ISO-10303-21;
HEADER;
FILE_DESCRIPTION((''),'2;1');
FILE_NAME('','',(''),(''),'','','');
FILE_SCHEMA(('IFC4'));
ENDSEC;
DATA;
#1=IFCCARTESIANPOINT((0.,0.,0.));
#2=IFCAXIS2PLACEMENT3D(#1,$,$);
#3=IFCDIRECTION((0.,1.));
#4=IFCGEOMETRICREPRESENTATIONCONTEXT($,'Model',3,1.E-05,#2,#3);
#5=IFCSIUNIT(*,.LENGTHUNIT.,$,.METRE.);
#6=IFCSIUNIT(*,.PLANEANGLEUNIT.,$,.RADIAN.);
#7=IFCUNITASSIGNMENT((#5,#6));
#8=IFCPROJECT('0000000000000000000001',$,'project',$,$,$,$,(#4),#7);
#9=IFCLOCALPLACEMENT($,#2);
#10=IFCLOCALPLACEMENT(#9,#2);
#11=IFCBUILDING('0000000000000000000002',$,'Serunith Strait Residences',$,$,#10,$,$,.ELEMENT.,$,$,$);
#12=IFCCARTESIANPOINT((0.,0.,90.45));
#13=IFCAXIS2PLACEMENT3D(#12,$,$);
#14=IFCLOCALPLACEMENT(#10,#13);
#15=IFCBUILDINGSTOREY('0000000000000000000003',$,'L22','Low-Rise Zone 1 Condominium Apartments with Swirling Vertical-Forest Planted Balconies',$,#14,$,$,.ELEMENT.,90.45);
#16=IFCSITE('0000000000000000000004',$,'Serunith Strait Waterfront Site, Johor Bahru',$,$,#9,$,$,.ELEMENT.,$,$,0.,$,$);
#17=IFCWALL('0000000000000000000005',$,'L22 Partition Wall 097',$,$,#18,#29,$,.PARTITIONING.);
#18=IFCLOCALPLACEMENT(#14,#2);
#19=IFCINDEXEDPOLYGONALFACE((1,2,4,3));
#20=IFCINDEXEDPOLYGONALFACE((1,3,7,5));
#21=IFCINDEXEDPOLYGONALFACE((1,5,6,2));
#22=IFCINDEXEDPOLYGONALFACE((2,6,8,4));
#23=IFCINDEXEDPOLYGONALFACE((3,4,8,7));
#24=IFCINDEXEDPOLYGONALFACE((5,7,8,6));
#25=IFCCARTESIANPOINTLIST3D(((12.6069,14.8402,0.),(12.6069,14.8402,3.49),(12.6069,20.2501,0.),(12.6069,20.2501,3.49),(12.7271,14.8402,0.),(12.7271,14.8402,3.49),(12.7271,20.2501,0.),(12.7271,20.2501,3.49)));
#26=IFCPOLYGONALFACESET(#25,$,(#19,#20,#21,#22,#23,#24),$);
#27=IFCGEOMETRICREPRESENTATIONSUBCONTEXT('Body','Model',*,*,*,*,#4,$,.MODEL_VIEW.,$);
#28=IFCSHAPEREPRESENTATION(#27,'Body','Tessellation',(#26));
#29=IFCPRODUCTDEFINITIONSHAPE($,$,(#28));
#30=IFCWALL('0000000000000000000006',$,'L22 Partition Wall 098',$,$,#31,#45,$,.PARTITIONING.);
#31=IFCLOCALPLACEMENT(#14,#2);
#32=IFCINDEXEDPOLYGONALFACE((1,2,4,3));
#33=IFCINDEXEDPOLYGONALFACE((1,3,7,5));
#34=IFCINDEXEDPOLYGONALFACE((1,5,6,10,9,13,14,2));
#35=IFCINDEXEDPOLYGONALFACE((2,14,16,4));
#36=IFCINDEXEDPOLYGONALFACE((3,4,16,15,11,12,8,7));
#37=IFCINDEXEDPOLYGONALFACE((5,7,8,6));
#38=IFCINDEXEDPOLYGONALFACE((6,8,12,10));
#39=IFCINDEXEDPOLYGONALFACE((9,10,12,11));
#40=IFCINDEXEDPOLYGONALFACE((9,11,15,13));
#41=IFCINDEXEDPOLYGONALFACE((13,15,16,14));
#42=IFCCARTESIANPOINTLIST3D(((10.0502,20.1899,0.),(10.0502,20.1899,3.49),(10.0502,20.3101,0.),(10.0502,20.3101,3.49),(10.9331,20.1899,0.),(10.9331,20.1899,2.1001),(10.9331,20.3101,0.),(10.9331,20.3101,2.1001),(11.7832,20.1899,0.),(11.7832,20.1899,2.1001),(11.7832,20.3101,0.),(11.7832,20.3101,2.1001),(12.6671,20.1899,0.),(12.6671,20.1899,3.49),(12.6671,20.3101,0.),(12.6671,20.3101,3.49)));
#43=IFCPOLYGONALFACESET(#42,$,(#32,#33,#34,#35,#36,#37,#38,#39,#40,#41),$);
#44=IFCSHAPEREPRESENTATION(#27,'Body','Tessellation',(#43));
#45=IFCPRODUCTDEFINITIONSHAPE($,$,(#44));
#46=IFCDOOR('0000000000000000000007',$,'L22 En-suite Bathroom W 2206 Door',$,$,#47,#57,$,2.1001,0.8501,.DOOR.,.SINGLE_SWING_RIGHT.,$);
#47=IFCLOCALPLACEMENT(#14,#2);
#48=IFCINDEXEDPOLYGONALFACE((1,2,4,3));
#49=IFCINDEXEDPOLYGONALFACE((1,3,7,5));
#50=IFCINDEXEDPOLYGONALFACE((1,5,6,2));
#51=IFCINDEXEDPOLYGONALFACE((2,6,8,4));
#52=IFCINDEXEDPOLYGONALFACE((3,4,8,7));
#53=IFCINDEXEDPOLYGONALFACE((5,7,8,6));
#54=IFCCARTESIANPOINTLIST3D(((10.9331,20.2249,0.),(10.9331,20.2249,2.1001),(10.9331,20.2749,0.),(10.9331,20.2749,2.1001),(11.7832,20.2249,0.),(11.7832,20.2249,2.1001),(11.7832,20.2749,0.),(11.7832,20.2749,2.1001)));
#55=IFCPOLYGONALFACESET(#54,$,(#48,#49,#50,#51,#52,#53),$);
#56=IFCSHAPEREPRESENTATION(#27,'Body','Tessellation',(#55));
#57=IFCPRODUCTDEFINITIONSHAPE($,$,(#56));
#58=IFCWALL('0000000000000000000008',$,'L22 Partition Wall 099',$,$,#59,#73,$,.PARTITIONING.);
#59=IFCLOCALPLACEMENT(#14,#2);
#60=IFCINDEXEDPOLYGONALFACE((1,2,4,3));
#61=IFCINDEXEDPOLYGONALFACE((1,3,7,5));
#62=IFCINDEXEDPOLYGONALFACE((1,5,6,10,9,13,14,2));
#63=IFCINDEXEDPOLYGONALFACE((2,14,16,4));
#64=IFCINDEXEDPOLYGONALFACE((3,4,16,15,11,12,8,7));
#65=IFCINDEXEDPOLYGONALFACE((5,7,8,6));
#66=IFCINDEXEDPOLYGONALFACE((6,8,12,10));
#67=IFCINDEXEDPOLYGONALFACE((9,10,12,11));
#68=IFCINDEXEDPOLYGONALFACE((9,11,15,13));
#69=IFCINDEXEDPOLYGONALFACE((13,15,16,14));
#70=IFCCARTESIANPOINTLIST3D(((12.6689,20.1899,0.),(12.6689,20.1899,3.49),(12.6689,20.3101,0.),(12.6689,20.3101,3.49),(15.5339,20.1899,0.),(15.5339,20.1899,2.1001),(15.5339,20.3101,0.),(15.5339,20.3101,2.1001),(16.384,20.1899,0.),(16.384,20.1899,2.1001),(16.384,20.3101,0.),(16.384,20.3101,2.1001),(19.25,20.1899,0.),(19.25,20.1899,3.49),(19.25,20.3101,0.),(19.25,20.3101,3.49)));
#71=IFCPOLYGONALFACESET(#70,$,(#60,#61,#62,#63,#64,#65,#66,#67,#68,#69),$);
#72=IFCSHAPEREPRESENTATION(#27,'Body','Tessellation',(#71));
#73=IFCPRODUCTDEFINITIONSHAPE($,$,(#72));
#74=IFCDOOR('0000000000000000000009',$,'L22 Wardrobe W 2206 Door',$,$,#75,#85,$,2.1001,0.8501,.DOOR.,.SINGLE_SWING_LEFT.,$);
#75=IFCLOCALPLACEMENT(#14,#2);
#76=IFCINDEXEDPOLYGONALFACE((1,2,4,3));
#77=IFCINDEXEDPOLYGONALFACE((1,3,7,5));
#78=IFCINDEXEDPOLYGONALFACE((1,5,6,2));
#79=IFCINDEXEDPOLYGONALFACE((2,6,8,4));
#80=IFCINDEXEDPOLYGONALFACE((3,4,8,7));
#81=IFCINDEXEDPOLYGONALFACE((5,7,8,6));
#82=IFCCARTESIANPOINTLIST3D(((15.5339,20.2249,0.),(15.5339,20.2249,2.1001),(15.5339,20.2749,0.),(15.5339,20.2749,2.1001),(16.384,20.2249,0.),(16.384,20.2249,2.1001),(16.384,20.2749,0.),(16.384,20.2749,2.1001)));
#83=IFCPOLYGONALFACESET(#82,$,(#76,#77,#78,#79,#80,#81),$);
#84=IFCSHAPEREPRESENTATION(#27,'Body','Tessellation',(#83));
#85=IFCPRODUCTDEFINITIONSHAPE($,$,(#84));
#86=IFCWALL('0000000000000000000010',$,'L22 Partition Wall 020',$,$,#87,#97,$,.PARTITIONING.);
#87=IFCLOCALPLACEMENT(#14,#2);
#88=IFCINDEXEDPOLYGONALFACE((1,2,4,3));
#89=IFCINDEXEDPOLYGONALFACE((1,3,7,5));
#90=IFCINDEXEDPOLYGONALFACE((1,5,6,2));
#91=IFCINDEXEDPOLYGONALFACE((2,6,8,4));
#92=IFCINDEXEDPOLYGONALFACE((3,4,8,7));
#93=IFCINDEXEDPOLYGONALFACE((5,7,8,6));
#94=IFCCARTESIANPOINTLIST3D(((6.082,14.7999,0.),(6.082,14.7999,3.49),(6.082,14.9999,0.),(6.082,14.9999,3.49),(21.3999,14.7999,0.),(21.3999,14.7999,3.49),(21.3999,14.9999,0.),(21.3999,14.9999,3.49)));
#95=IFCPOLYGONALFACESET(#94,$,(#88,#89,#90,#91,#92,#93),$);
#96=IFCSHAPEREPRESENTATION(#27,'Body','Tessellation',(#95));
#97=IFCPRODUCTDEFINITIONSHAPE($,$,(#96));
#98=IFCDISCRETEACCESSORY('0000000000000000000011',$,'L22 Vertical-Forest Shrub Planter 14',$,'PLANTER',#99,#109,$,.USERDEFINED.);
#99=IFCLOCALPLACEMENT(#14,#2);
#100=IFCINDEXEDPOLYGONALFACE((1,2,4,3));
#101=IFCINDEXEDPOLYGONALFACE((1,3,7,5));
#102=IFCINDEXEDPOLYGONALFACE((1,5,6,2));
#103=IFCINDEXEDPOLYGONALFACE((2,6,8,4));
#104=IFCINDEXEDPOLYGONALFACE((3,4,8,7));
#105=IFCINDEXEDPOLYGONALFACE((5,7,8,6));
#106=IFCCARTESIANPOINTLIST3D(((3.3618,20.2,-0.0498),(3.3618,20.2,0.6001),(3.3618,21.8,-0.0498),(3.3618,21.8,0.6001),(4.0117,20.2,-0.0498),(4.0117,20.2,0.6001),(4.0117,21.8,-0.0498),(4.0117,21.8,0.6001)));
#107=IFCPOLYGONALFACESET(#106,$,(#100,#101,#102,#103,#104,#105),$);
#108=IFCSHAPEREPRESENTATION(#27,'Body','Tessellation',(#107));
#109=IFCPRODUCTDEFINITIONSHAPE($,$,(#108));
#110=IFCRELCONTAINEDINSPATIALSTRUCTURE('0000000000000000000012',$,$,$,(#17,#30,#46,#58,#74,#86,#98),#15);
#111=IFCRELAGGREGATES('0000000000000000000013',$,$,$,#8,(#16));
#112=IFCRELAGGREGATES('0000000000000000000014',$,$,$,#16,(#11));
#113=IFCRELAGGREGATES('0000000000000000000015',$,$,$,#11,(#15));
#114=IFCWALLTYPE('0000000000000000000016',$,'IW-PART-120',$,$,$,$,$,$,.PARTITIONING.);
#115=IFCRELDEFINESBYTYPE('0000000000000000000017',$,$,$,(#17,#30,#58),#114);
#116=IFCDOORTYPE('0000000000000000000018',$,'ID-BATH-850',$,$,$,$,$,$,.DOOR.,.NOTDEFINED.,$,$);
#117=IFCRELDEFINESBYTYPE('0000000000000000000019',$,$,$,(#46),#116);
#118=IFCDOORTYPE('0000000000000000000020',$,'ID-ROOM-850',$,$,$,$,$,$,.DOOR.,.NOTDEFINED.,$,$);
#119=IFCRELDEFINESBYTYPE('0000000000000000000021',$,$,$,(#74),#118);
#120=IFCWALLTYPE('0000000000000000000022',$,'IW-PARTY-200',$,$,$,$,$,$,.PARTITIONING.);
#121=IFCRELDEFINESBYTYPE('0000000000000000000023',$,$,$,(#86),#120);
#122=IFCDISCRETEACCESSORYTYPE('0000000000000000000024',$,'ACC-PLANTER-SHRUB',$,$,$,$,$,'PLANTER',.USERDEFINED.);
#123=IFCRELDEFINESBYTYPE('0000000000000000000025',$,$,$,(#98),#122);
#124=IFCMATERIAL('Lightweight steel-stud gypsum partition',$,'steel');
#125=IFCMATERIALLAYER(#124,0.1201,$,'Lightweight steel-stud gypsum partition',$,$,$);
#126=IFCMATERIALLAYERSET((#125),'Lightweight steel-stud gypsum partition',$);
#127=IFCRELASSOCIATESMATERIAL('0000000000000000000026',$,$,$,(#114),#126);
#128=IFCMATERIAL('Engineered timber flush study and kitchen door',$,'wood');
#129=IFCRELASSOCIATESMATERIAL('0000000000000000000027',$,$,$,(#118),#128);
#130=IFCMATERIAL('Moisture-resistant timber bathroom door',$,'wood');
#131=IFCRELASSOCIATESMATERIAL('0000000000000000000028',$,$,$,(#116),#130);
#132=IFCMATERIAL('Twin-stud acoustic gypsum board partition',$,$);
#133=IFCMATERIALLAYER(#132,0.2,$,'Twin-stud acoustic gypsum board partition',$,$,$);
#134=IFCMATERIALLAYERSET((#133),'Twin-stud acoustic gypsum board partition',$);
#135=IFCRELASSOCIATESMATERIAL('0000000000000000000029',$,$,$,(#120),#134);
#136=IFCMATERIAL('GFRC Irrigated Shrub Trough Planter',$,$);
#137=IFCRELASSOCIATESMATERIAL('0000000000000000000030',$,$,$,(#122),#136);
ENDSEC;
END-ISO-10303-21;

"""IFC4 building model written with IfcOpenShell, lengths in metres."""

from ifc_helpers import new_model, si_unit, direction, frame, frame_2d, origin, origin_2d, place, context, subcontext, project, spatial, rectangle, extrude, source, transform, mapped, material, layer, layer_set, type_object, element, fill, save


model = new_model("IFC4")

# Units and contexts
model_context = context("Model", 3, precision=1e-05, world=origin(), true_north=direction((0.0, 1.0)))
body_context = subcontext(model_context, "Body", "Model", "MODEL_VIEW")
ifc_project = project(units=[si_unit("LENGTHUNIT", "METRE"), si_unit("PLANEANGLEUNIT", "RADIAN")], contexts=[model_context])

# Site, building, storey
site_placement = place(None, origin())
site = spatial("IfcSite", under=ifc_project, at=site_placement, Name="Serunith Strait Waterfront Site, Johor Bahru", CompositionType="ELEMENT", RefElevation=0.0)
building_placement = place(site_placement, origin())
building = spatial("IfcBuilding", under=site, at=building_placement, Name="Serunith Strait Residences", CompositionType="ELEMENT")
storey_placement = place(building_placement, frame((0.0, 0.0, 90.45)))
storey = spatial("IfcBuildingStorey", under=building, at=storey_placement, Name="L22", Description="Low-Rise Zone 1 Condominium Apartments with Swirling Vertical-Forest Planted Balconies", CompositionType="ELEMENT", Elevation=90.45)

# Shared definitions
ifc_material_1 = material(Name="Lightweight steel-stud gypsum partition", Category="steel")
ifc_layer_1 = layer(ifc_material_1, 0.1201, Name="Lightweight steel-stud gypsum partition")
ifc_layer_set_1 = layer_set([ifc_layer_1], Name="Lightweight steel-stud gypsum partition")
wall_type_1 = type_object("IfcWallType", Name="IW-PART-120", PredefinedType="PARTITIONING", material=ifc_layer_set_1)

# Shared definitions
ifc_material_2 = material(Name="Engineered timber flush study and kitchen door", Category="wood")
door_type_1 = type_object("IfcDoorType", Name="ID-ROOM-850", OperationType="NOTDEFINED", PredefinedType="DOOR", material=ifc_material_2)
shared_shape_1 = source(origin(), body_context, "Body", "SweptSolid", [
    extrude(rectangle(XDim=0.8501, YDim=2.1001, at=frame_2d((0.425, 1.05))), frame((0.0, 0.0249, 0.0), z_axis=(0.0, -1.0, 0.0), x_axis=(1.0, 0.0, 0.0)), (0.0, 0.0, 1.0), 0.05),
])

# Wall
for number, where, z_axis, x_axis, name in (
    (1, (12.667, 14.8401, 0.0), (0.0, 0.0, 1.0), (0.0, 1.0, 0.0), "L22 Partition Wall 097"),
):
    element("IfcWall", number, at=place(storey_placement, frame(where, z_axis=z_axis, x_axis=x_axis)), inside=storey, type_object=wall_type_1, Name=name, PredefinedType="PARTITIONING", context=body_context, shape_type="SweptSolid", body=[
        extrude(rectangle(XDim=5.4099, YDim=0.1201, at=frame_2d((2.7051, 0.0))), origin(), (0.0, 0.0, 1.0), 3.49),
    ])

# Walls, openings, doors
wall_1_placement = place(storey_placement, frame((10.05, 20.25, 0.0), z_axis=(0.0, 0.0, 1.0), x_axis=(1.0, 0.0, 0.0)))
wall_1 = element("IfcWall", 2, at=wall_1_placement, inside=storey, type_object=wall_type_1, Name="L22 Partition Wall 098", PredefinedType="PARTITIONING", context=body_context, shape_type="SweptSolid", body=[
    extrude(rectangle(XDim=2.6169, YDim=0.1201, at=frame_2d((1.3086, 0.0))), origin(), (0.0, 0.0, 1.0), 3.49),
])
opening_1_placement = place(wall_1_placement, frame((0.8831, 0.0, 0.0)))
opening_1 = element("IfcOpeningElement", 3, at=opening_1_placement, cuts=wall_1, PredefinedType="OPENING", context=body_context, shape_type="SweptSolid", body=[
    extrude(rectangle(XDim=0.8501, YDim=2.1001, at=frame_2d((0.425, 1.05))), frame((0.0, 0.0701, 0.0), z_axis=(0.0, -1.0, 0.0), x_axis=(1.0, 0.0, 0.0)), (0.0, 0.0, 1.0), 0.1401),
])
ifc_material_3 = material(Name="Moisture-resistant timber bathroom door", Category="wood")
door_type_2 = type_object("IfcDoorType", Name="ID-BATH-850", OperationType="NOTDEFINED", PredefinedType="DOOR", material=ifc_material_3)
door_1_placement = place(opening_1_placement, origin())
door_1 = element("IfcDoor", 4, at=door_1_placement, inside=storey, type_object=door_type_2, Name="L22 En-suite Bathroom W 2206 Door", OperationType="SINGLE_SWING_RIGHT", OverallHeight=2.1001, OverallWidth=0.8501, PredefinedType="DOOR", context=body_context, shape_type="MappedRepresentation", body=[
    mapped(shared_shape_1, transform((0.0, 0.0, 0.0), scale=1.0)),
])
fill(opening_1, door_1)
wall_2_placement = place(storey_placement, frame((12.6689, 20.25, 0.0), z_axis=(0.0, 0.0, 1.0), x_axis=(1.0, 0.0, 0.0)))
wall_2 = element("IfcWall", 5, at=wall_2_placement, inside=storey, type_object=wall_type_1, Name="L22 Partition Wall 099", PredefinedType="PARTITIONING", context=body_context, shape_type="SweptSolid", body=[
    extrude(rectangle(XDim=6.5811, YDim=0.1201, at=frame_2d((3.2905, 0.0))), origin(), (0.0, 0.0, 1.0), 3.49),
])
opening_2_placement = place(wall_2_placement, frame((2.865, 0.0, 0.0)))
opening_2 = element("IfcOpeningElement", 6, at=opening_2_placement, cuts=wall_2, PredefinedType="OPENING", context=body_context, shape_type="SweptSolid", body=[
    extrude(rectangle(XDim=0.8501, YDim=2.1001, at=frame_2d((0.425, 1.05))), frame((0.0, 0.0701, 0.0), z_axis=(0.0, -1.0, 0.0), x_axis=(1.0, 0.0, 0.0)), (0.0, 0.0, 1.0), 0.1401),
])
door_2_placement = place(opening_2_placement, origin())
door_2 = element("IfcDoor", 7, at=door_2_placement, inside=storey, type_object=door_type_1, Name="L22 Wardrobe W 2206 Door", OperationType="SINGLE_SWING_LEFT", OverallHeight=2.1001, OverallWidth=0.8501, PredefinedType="DOOR", context=body_context, shape_type="MappedRepresentation", body=[
    mapped(shared_shape_1, transform((0.0, 0.0, 0.0), scale=1.0)),
])
fill(opening_2, door_2)

# Wall
ifc_material_4 = material(Name="Twin-stud acoustic gypsum board partition")
ifc_layer_2 = layer(ifc_material_4, 0.2, Name="Twin-stud acoustic gypsum board partition")
ifc_layer_set_2 = layer_set([ifc_layer_2], Name="Twin-stud acoustic gypsum board partition")
wall_type_2 = type_object("IfcWallType", Name="IW-PARTY-200", PredefinedType="PARTITIONING", material=ifc_layer_set_2)
wall_3_placement = place(storey_placement, frame((6.082, 14.8999, 0.0), z_axis=(0.0, 0.0, 1.0), x_axis=(1.0, 0.0, 0.0)))
element("IfcWall", 8, at=wall_3_placement, inside=storey, type_object=wall_type_2, Name="L22 Partition Wall 020", PredefinedType="PARTITIONING", context=body_context, shape_type="SweptSolid", body=[
    extrude(rectangle(XDim=15.3179, YDim=0.2, at=frame_2d((7.6589, 0.0))), origin(), (0.0, 0.0, 1.0), 3.49),
])

# Discrete accessory
ifc_material_5 = material(Name="GFRC Irrigated Shrub Trough Planter")
discrete_accessory_type = type_object("IfcDiscreteAccessoryType", Name="ACC-PLANTER-SHRUB", ElementType="PLANTER", PredefinedType="USERDEFINED", material=ifc_material_5)
shared_shape_2 = source(origin(), body_context, "Body", "SweptSolid", [
    extrude(rectangle(XDim=1.6001, YDim=0.6499, at=origin_2d()), origin(), (0.0, 0.0, 1.0), 0.6499),
])
discrete_accessory_placement = place(storey_placement, frame((3.6868, 21.0, -0.0498), z_axis=(0.0, 0.0, 1.0), x_axis=(0.0, -1.0, 0.0)))
element("IfcDiscreteAccessory", 9, at=discrete_accessory_placement, inside=storey, type_object=discrete_accessory_type, Name="L22 Vertical-Forest Shrub Planter 14", ObjectType="PLANTER", PredefinedType="USERDEFINED", context=body_context, shape_type="MappedRepresentation", body=[
    mapped(shared_shape_2, transform((0.0, 0.0, 0.0), scale=1.0)),
])

save(model, "model.ifc")
